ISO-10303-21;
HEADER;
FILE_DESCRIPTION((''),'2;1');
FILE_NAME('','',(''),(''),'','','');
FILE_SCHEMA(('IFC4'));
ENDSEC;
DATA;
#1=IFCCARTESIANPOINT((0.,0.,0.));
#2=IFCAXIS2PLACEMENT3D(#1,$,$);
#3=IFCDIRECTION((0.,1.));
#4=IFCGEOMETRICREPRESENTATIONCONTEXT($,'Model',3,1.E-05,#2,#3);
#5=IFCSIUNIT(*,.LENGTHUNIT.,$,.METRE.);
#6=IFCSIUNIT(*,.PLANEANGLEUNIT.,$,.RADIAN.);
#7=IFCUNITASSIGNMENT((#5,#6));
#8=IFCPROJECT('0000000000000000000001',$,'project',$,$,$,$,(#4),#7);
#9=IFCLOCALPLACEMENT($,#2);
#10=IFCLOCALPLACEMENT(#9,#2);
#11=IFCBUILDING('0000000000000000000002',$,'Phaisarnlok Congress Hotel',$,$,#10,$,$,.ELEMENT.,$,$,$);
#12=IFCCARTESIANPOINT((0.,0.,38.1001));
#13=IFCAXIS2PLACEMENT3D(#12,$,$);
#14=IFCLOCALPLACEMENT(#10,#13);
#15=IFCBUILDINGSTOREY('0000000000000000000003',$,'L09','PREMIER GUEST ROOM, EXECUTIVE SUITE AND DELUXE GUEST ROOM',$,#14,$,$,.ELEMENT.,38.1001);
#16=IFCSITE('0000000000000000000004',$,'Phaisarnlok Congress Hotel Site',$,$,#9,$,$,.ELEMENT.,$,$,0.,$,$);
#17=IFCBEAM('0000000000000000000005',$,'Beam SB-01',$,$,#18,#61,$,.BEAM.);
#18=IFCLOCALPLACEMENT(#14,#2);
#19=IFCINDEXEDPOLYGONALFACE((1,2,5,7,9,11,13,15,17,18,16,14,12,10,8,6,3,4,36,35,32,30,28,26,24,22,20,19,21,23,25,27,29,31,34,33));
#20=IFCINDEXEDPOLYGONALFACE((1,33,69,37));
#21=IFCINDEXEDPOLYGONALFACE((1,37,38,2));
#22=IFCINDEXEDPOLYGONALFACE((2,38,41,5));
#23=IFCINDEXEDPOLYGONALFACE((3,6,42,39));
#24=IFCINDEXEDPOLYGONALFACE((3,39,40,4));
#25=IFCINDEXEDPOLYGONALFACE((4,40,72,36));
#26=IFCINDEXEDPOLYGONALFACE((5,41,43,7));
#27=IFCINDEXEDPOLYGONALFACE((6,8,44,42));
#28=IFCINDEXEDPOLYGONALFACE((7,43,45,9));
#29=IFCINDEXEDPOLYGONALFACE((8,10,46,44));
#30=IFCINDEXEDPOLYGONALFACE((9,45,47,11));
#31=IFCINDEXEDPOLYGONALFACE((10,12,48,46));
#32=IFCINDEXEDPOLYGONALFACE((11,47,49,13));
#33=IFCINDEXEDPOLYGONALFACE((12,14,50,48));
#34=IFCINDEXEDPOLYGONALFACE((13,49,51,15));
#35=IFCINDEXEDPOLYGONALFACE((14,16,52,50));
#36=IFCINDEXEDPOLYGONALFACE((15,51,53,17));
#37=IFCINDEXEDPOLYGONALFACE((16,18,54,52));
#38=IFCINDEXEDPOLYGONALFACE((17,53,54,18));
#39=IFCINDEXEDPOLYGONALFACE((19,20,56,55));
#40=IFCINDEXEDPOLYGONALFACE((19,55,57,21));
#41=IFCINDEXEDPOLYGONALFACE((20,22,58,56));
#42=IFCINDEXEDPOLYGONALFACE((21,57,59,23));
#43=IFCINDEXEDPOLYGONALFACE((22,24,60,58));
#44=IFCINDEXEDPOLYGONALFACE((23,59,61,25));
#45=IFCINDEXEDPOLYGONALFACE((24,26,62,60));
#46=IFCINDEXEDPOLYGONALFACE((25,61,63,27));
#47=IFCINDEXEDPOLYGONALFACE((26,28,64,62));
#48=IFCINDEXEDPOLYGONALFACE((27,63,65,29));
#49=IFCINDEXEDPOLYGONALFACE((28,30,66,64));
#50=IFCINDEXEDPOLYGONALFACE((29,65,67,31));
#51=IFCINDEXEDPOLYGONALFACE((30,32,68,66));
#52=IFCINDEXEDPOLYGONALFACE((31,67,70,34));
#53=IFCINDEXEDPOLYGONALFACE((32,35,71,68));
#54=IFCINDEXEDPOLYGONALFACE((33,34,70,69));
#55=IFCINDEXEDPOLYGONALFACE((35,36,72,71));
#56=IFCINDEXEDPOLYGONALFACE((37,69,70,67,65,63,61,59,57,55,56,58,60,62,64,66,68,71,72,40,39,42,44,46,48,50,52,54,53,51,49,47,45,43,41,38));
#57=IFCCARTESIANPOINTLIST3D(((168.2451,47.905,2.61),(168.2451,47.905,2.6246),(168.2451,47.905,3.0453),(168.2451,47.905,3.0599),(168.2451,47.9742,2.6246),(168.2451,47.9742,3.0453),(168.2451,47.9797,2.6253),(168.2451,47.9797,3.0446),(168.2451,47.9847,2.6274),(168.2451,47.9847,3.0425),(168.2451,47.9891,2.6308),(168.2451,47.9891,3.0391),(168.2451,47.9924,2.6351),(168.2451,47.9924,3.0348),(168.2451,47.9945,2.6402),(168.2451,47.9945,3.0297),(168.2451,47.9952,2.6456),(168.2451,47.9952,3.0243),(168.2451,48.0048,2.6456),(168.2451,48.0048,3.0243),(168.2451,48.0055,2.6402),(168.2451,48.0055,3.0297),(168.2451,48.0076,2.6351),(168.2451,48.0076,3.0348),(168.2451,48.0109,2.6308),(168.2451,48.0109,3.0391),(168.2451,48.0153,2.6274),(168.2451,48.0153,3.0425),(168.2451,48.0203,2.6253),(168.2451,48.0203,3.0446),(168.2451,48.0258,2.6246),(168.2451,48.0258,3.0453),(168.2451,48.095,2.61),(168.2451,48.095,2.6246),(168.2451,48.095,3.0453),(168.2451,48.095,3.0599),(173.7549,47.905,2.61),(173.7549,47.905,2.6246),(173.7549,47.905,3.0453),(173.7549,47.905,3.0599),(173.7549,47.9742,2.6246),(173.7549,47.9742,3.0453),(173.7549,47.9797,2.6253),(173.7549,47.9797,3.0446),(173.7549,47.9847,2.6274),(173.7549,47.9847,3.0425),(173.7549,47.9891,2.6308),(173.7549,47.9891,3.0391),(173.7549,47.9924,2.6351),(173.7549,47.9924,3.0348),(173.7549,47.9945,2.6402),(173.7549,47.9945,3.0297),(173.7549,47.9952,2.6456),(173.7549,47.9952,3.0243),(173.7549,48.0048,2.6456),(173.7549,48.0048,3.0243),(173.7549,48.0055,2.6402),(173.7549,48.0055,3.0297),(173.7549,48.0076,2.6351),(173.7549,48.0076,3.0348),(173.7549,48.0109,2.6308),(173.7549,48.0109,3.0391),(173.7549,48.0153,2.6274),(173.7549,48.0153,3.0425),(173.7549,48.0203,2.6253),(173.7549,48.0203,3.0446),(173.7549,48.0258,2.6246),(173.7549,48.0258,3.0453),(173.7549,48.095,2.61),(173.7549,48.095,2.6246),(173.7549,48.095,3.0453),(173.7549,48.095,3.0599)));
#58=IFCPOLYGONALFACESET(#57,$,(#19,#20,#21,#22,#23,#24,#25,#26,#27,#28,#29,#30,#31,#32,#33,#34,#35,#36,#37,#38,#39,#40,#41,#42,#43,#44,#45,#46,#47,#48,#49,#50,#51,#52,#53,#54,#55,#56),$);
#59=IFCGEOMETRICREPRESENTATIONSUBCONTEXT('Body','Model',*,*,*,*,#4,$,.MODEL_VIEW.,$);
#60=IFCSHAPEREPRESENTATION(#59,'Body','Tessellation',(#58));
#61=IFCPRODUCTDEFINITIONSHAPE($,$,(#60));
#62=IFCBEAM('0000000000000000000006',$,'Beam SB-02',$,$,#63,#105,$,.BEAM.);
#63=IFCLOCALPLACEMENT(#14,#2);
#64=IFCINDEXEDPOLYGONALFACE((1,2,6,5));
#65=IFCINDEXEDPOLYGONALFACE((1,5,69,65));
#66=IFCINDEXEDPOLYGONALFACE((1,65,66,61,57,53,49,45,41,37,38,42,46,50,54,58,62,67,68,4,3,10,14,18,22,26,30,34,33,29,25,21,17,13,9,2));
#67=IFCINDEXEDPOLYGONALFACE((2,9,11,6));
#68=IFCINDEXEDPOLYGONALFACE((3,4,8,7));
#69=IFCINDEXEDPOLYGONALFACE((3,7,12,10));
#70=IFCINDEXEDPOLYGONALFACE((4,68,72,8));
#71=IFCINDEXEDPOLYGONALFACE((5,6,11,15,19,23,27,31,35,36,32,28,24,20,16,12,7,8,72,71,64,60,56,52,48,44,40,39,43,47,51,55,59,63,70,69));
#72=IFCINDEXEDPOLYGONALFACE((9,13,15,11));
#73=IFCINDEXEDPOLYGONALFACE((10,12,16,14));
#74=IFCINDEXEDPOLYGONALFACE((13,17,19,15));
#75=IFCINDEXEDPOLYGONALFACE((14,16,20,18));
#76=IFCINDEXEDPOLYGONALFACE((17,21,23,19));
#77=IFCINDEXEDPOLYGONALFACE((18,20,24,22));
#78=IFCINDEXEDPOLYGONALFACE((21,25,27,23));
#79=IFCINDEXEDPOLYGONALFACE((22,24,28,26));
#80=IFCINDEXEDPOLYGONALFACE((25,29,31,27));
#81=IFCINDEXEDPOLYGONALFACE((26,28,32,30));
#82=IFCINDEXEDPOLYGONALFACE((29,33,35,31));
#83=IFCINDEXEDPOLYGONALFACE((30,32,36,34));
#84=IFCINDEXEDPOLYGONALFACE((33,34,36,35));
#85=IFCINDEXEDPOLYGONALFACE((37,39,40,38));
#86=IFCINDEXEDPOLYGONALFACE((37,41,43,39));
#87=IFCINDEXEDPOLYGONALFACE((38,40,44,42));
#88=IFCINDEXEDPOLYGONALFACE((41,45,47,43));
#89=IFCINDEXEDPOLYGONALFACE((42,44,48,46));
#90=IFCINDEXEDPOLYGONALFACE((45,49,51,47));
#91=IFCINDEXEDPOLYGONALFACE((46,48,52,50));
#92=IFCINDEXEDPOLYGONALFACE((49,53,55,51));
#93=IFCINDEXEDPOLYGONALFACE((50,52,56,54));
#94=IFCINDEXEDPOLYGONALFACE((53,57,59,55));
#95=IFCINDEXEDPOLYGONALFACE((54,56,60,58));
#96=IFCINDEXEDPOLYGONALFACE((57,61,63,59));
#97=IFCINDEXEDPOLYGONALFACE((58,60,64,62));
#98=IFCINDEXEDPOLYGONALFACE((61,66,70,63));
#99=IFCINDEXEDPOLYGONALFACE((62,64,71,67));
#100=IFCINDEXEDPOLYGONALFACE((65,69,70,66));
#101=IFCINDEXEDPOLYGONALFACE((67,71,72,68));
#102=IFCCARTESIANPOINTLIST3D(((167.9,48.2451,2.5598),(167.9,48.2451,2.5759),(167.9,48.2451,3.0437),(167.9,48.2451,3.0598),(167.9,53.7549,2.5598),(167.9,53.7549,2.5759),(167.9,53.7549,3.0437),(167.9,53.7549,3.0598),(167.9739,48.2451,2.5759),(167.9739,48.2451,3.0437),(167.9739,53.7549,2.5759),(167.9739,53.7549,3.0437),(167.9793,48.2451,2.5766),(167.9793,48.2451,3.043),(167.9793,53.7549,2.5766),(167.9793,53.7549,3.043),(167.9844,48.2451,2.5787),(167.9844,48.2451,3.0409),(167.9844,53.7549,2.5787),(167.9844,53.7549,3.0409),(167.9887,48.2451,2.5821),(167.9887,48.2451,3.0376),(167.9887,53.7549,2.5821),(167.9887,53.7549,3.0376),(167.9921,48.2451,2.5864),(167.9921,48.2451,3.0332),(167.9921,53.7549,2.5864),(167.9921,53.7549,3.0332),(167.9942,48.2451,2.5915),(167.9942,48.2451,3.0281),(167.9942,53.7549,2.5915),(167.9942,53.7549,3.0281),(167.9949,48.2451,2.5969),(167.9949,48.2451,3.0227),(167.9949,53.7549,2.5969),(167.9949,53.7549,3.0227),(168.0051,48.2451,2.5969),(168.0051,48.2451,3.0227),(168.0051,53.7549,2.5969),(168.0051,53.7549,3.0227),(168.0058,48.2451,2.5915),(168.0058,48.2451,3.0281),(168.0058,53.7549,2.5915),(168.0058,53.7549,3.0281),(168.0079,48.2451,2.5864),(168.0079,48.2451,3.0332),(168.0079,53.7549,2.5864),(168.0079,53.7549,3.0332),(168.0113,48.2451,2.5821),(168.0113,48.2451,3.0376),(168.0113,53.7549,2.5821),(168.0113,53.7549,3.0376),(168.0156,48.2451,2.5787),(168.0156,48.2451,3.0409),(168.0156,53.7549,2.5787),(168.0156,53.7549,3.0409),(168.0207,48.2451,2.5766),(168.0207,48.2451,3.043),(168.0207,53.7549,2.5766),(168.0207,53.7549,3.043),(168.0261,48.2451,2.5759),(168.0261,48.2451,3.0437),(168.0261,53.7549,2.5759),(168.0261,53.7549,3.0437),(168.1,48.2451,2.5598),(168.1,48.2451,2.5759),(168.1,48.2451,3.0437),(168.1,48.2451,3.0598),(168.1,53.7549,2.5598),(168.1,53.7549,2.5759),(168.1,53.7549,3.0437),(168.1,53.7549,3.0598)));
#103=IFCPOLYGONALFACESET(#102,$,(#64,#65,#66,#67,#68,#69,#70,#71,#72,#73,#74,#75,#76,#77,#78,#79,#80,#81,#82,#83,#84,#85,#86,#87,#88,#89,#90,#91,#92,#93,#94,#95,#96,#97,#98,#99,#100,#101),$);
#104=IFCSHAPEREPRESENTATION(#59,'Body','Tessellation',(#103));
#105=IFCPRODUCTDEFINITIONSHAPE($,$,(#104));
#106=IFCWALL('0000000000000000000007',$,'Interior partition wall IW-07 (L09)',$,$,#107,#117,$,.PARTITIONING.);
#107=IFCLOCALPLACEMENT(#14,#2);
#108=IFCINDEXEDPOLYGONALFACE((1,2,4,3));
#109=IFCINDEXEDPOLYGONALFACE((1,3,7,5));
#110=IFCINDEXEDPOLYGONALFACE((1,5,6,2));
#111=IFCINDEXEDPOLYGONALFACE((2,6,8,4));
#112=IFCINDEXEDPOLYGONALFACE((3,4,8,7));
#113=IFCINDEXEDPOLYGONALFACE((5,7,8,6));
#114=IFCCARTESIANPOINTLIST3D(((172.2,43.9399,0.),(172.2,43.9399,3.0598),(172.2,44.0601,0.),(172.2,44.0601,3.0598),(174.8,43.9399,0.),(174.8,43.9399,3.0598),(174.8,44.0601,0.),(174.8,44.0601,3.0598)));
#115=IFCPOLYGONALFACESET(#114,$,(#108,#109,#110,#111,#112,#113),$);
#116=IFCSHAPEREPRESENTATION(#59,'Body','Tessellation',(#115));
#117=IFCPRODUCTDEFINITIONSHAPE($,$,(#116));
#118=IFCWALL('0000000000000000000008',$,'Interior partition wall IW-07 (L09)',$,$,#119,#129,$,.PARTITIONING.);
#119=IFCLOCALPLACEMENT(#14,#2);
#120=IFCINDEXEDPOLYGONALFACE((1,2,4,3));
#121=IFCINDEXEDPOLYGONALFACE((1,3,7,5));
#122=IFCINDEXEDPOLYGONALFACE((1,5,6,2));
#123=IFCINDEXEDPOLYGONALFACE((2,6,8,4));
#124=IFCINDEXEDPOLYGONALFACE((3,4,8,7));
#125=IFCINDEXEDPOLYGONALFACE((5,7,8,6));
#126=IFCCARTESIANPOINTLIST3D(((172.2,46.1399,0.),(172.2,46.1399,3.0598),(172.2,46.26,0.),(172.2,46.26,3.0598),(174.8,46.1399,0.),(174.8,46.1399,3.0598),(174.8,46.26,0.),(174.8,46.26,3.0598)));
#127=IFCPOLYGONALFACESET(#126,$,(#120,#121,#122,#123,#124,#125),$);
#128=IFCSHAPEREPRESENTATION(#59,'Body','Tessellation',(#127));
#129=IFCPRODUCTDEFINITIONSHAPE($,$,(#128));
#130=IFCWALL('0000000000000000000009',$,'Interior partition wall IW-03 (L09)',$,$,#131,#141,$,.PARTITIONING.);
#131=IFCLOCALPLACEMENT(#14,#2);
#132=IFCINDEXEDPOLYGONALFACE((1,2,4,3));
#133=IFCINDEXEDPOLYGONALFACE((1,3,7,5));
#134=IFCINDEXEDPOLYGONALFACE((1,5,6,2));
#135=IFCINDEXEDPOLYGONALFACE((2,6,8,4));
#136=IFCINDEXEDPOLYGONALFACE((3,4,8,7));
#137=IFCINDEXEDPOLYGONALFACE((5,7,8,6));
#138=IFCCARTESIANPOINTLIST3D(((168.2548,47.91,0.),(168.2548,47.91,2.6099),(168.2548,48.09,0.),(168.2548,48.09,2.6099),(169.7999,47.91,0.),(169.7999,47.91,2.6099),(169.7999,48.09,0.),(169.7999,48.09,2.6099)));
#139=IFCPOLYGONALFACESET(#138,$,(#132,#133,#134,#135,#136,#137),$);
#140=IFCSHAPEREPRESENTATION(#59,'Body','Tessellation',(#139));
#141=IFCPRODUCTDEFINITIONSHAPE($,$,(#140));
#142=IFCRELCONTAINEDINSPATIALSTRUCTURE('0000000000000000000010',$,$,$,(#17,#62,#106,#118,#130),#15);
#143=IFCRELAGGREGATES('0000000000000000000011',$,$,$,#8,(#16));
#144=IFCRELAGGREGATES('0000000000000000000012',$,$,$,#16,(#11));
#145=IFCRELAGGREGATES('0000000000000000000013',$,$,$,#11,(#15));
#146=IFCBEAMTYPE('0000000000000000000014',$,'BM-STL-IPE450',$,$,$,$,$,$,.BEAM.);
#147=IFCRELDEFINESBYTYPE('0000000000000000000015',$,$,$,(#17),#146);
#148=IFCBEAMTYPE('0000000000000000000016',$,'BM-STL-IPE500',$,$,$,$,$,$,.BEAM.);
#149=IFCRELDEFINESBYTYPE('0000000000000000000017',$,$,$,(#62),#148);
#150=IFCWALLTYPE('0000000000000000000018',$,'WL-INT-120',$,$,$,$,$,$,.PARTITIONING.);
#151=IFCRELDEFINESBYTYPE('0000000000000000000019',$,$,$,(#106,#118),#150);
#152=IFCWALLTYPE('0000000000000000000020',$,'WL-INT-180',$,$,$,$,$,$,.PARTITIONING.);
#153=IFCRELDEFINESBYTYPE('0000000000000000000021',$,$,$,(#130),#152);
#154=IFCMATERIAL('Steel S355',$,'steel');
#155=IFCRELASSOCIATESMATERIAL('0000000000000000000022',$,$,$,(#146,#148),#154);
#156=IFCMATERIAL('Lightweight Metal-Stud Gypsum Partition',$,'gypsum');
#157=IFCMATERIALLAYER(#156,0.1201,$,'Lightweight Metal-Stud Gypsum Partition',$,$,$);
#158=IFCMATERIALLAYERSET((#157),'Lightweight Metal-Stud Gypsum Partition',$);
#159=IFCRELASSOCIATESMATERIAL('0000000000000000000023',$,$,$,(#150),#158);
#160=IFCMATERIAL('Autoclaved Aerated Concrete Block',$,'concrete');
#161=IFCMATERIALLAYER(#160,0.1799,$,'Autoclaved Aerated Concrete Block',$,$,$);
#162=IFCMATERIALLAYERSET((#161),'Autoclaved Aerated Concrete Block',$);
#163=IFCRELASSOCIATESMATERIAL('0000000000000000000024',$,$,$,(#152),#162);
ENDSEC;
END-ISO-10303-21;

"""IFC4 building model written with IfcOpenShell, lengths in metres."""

from ifc_helpers import new_model, si_unit, direction, frame, frame_2d, origin, origin_2d, place, context, subcontext, project, spatial, rectangle, i_section, extrude, material, layer, layer_set, material_profile, profile_set, type_object, element, save


model = new_model("IFC4")

# Units and contexts
model_context = context("Model", 3, precision=1e-05, world=origin(), true_north=direction((0.0, 1.0)))
body_context = subcontext(model_context, "Body", "Model", "MODEL_VIEW")
ifc_project = project(units=[si_unit("LENGTHUNIT", "METRE"), si_unit("PLANEANGLEUNIT", "RADIAN")], contexts=[model_context])

# Site, building, storey
site_placement = place(None, origin())
site = spatial("IfcSite", under=ifc_project, at=site_placement, Name="Phaisarnlok Congress Hotel Site", CompositionType="ELEMENT", RefElevation=0.0)
building_placement = place(site_placement, origin())
building = spatial("IfcBuilding", under=site, at=building_placement, Name="Phaisarnlok Congress Hotel", CompositionType="ELEMENT")
storey_placement = place(building_placement, frame((0.0, 0.0, 38.1001)))
storey = spatial("IfcBuildingStorey", under=building, at=storey_placement, Name="L09", Description="PREMIER GUEST ROOM, EXECUTIVE SUITE AND DELUXE GUEST ROOM", CompositionType="ELEMENT", Elevation=38.1001)

# Beams
ifc_material_1 = material(Name="Steel S355", Category="steel")
ifc_material_profile_1 = material_profile(ifc_material_1, i_section(OverallWidth=0.1899, OverallDepth=0.45, WebThickness=0.0095, FlangeThickness=0.0146, FilletRadius=0.021, at=origin_2d()), Name="IPE 450")
ifc_profile_set_1 = profile_set([ifc_material_profile_1], Name="Steel S355")
beam_type_1 = type_object("IfcBeamType", Name="BM-STL-IPE450", PredefinedType="BEAM", material=ifc_profile_set_1)
beam_1_placement = place(storey_placement, frame((168.2451, 48.0, 2.835), z_axis=(1.0, 0.0, 0.0), x_axis=(0.0, 1.0, 0.0)))
element("IfcBeam", 1, at=beam_1_placement, inside=storey, type_object=beam_type_1, Name="Beam SB-01", PredefinedType="BEAM", context=body_context, shape_type="SweptSolid", body=[
    extrude(i_section(OverallWidth=0.1899, OverallDepth=0.45, WebThickness=0.0095, FlangeThickness=0.0146, FilletRadius=0.021, at=origin_2d()), origin(), (0.0, 0.0, 1.0), 5.5098),
])
ifc_material_profile_2 = material_profile(ifc_material_1, i_section(OverallWidth=0.2, OverallDepth=0.5, WebThickness=0.0103, FlangeThickness=0.0161, FilletRadius=0.021, at=origin_2d()), Name="IPE 500")
ifc_profile_set_2 = profile_set([ifc_material_profile_2], Name="Steel S355")
beam_type_2 = type_object("IfcBeamType", Name="BM-STL-IPE500", PredefinedType="BEAM", material=ifc_profile_set_2)
beam_2_placement = place(storey_placement, frame((168.0, 48.2451, 2.8098), z_axis=(0.0, 1.0, 0.0), x_axis=(-1.0, 0.0, 0.0)))
element("IfcBeam", 2, at=beam_2_placement, inside=storey, type_object=beam_type_2, Name="Beam SB-02", PredefinedType="BEAM", context=body_context, shape_type="SweptSolid", body=[
    extrude(i_section(OverallWidth=0.2, OverallDepth=0.5, WebThickness=0.0103, FlangeThickness=0.0161, FilletRadius=0.021, at=origin_2d()), origin(), (0.0, 0.0, 1.0), 5.5098),
])

# Walls
ifc_material_2 = material(Name="Lightweight Metal-Stud Gypsum Partition", Category="gypsum")
ifc_layer_1 = layer(ifc_material_2, 0.1201, Name="Lightweight Metal-Stud Gypsum Partition")
ifc_layer_set_1 = layer_set([ifc_layer_1], Name="Lightweight Metal-Stud Gypsum Partition")
wall_type_1 = type_object("IfcWallType", Name="WL-INT-120", PredefinedType="PARTITIONING", material=ifc_layer_set_1)
for number, where, z_axis, x_axis, name in (
    (3, (172.2, 44.0, 0.0), (0.0, 0.0, 1.0), (1.0, 0.0, 0.0), "Interior partition wall IW-07 (L09)"),
    (4, (172.2, 46.2, 0.0), (0.0, 0.0, 1.0), (1.0, 0.0, 0.0), "Interior partition wall IW-07 (L09)"),
):
    element("IfcWall", number, at=place(storey_placement, frame(where, z_axis=z_axis, x_axis=x_axis)), inside=storey, type_object=wall_type_1, Name=name, PredefinedType="PARTITIONING", context=body_context, shape_type="SweptSolid", body=[
        extrude(rectangle(XDim=2.6001, YDim=0.1201, at=frame_2d((1.3, 0.0))), origin(), (0.0, 0.0, 1.0), 3.0598),
    ])
ifc_material_3 = material(Name="Autoclaved Aerated Concrete Block", Category="concrete")
ifc_layer_2 = layer(ifc_material_3, 0.1799, Name="Autoclaved Aerated Concrete Block")
ifc_layer_set_2 = layer_set([ifc_layer_2], Name="Autoclaved Aerated Concrete Block")
wall_type_2 = type_object("IfcWallType", Name="WL-INT-180", PredefinedType="PARTITIONING", material=ifc_layer_set_2)
wall_placement = place(storey_placement, frame((168.2549, 48.0, 0.0), z_axis=(0.0, 0.0, 1.0), x_axis=(1.0, 0.0, 0.0)))
element("IfcWall", 5, at=wall_placement, inside=storey, type_object=wall_type_2, Name="Interior partition wall IW-03 (L09)", PredefinedType="PARTITIONING", context=body_context, shape_type="SweptSolid", body=[
    extrude(rectangle(XDim=1.5452, YDim=0.1799, at=frame_2d((0.7725, 0.0))), origin(), (0.0, 0.0, 1.0), 2.6099),
])

save(model, "model.ifc")
